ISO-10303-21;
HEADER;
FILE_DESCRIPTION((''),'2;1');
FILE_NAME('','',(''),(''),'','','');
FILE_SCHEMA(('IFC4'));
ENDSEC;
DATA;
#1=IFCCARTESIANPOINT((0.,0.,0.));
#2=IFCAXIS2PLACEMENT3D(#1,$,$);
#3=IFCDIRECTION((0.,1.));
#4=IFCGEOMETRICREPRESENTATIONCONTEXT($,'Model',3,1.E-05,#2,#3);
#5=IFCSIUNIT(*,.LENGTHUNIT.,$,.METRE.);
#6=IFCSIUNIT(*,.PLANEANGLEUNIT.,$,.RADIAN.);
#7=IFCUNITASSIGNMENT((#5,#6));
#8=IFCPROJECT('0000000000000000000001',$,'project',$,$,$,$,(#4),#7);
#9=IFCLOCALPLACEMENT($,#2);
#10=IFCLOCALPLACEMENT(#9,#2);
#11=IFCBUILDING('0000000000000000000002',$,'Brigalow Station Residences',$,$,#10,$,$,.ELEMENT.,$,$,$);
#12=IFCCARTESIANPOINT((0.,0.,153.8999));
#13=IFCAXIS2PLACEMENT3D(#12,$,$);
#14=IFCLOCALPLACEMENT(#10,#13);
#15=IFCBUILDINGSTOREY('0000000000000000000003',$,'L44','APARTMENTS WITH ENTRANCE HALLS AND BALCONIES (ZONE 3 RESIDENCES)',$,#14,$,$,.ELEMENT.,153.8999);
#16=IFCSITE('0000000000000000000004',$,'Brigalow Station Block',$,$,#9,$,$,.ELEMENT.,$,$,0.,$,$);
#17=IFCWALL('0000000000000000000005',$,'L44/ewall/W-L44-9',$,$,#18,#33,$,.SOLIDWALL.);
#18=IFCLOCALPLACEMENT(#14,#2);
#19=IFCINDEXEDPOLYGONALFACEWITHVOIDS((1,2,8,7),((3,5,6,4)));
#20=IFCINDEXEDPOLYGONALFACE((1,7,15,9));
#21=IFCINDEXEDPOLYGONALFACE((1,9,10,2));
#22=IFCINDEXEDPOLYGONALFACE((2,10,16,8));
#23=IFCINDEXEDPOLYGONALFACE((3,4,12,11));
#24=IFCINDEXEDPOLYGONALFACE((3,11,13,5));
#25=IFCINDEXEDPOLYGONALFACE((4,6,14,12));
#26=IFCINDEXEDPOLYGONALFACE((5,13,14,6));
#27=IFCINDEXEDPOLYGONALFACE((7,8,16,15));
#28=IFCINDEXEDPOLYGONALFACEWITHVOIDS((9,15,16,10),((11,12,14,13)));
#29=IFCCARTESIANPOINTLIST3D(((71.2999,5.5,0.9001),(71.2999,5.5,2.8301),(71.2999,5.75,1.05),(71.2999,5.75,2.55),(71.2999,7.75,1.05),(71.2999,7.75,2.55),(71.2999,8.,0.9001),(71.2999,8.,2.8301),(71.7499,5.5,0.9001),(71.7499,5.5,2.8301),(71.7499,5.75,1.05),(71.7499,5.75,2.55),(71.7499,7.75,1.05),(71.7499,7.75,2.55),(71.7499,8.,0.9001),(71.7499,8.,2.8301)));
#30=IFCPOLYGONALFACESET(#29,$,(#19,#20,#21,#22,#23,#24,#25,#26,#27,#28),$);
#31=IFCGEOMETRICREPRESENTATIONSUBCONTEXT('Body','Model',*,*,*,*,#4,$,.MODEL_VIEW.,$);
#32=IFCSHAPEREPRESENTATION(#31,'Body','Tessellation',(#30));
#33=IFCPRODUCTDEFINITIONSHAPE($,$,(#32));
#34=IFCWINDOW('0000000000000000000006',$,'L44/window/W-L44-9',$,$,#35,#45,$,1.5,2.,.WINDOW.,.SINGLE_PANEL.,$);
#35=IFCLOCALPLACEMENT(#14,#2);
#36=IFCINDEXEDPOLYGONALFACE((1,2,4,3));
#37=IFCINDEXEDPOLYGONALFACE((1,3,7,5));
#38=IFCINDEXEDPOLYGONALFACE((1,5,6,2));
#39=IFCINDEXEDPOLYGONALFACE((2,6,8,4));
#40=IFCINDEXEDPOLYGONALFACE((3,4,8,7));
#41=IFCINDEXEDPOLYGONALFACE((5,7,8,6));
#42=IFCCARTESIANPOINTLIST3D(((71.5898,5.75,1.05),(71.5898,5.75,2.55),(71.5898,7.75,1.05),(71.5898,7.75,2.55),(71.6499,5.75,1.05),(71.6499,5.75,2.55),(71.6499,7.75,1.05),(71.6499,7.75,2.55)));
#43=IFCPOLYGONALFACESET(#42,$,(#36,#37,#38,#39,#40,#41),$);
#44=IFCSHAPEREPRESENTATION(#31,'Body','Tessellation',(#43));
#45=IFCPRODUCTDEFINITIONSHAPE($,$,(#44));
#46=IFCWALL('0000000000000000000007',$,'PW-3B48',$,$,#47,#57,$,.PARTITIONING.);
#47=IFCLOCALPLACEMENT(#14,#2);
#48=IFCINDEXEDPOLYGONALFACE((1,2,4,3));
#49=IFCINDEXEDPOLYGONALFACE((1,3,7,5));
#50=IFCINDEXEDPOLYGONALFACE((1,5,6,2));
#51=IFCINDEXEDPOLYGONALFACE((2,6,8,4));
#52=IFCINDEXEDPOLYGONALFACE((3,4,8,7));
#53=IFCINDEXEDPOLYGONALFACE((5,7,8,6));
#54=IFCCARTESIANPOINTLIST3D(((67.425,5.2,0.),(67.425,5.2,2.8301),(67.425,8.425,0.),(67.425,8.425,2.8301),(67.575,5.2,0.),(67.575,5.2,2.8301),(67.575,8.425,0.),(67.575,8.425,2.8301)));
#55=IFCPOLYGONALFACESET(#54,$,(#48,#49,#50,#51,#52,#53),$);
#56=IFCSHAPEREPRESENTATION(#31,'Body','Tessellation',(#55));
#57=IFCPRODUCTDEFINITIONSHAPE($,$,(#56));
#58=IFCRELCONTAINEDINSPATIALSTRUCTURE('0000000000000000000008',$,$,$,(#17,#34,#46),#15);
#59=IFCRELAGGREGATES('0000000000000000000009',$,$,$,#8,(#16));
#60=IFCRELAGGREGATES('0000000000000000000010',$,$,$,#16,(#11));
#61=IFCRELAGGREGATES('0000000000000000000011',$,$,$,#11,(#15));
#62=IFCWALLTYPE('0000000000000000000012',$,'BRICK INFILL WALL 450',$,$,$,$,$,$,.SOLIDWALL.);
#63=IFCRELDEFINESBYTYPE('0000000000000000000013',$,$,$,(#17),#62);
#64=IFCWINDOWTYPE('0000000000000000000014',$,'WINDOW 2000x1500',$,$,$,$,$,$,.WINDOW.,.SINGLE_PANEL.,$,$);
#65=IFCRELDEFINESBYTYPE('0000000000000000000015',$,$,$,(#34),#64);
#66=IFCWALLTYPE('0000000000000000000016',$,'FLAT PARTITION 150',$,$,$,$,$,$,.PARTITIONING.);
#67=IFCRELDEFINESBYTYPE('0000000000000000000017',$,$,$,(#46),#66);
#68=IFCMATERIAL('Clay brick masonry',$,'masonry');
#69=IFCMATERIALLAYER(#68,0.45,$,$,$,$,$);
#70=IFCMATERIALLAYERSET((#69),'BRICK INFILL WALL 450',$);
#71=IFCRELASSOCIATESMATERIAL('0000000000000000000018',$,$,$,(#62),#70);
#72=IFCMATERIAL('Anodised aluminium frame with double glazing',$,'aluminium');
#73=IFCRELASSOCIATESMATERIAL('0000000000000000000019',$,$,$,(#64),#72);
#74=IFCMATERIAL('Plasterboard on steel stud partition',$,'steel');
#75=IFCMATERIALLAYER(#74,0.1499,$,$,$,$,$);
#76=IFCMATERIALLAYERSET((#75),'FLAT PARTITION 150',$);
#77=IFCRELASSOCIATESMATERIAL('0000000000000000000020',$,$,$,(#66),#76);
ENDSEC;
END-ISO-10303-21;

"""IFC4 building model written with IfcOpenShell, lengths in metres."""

from ifc_helpers import new_model, si_unit, direction, frame, frame_2d, origin, place, context, subcontext, project, spatial, rectangle, extrude, material, layer, layer_set, type_object, element, fill, save


model = new_model("IFC4")

# Units and contexts
model_context = context("Model", 3, precision=1e-05, world=origin(), true_north=direction((0.0, 1.0)))
body_context = subcontext(model_context, "Body", "Model", "MODEL_VIEW")
ifc_project = project(units=[si_unit("LENGTHUNIT", "METRE"), si_unit("PLANEANGLEUNIT", "RADIAN")], contexts=[model_context])

# Site, building, storey
site_placement = place(None, origin())
site = spatial("IfcSite", under=ifc_project, at=site_placement, Name="Brigalow Station Block", CompositionType="ELEMENT", RefElevation=0.0)
building_placement = place(site_placement, origin())
building = spatial("IfcBuilding", under=site, at=building_placement, Name="Brigalow Station Residences", CompositionType="ELEMENT")
storey_placement = place(building_placement, frame((0.0, 0.0, 153.8999)))
storey = spatial("IfcBuildingStorey", under=building, at=storey_placement, Name="L44", Description="APARTMENTS WITH ENTRANCE HALLS AND BALCONIES (ZONE 3 RESIDENCES)", CompositionType="ELEMENT", Elevation=153.8999)

# Wall, opening, window
ifc_material_1 = material(Name="Clay brick masonry", Category="masonry")
ifc_layer_1 = layer(ifc_material_1, 0.45)
ifc_layer_set_1 = layer_set([ifc_layer_1], Name="BRICK INFILL WALL 450")
wall_type_1 = type_object("IfcWallType", Name="BRICK INFILL WALL 450", PredefinedType="SOLIDWALL", material=ifc_layer_set_1)
wall_1_placement = place(storey_placement, frame((71.5249, 5.5, 0.9001), z_axis=(0.0, 0.0, 1.0), x_axis=(0.0, 1.0, 0.0)))
wall_1 = element("IfcWall", 1, at=wall_1_placement, inside=storey, type_object=wall_type_1, Name="L44/ewall/W-L44-9", PredefinedType="SOLIDWALL", context=body_context, shape_type="SweptSolid", body=[
    extrude(rectangle(XDim=2.5, YDim=0.45, at=frame_2d((1.25, 0.0))), origin(), (0.0, 0.0, 1.0), 1.9299),
])
opening_1_placement = place(wall_1_placement, frame((0.25, 0.0, 0.1499)))
opening_1 = element("IfcOpeningElement", 2, at=opening_1_placement, cuts=wall_1, PredefinedType="OPENING", context=body_context, shape_type="SweptSolid", body=[
    extrude(rectangle(XDim=2.0, YDim=1.5, at=frame_2d((1.0, 0.75))), frame((0.0, 0.2349, 0.0), z_axis=(0.0, -1.0, 0.0), x_axis=(1.0, 0.0, 0.0)), (0.0, 0.0, 1.0), 0.47),
])
ifc_material_2 = material(Name="Anodised aluminium frame with double glazing", Category="aluminium")
window_type_1 = type_object("IfcWindowType", Name="WINDOW 2000x1500", PartitioningType="SINGLE_PANEL", PredefinedType="WINDOW", material=ifc_material_2)
window_1_placement = place(opening_1_placement, origin())
window_1 = element("IfcWindow", 3, at=window_1_placement, inside=storey, type_object=window_type_1, Name="L44/window/W-L44-9", OverallHeight=1.5, OverallWidth=2.0, PartitioningType="SINGLE_PANEL", PredefinedType="WINDOW", context=body_context, shape_type="SweptSolid", body=[
    extrude(rectangle(XDim=2.0, YDim=1.5, at=frame_2d((1.0, 0.75))), frame((0.0, -0.0649, 0.0), z_axis=(0.0, -1.0, 0.0), x_axis=(1.0, 0.0, 0.0)), (0.0, 0.0, 1.0), 0.0601),
])
fill(opening_1, window_1)

# Wall
ifc_material_3 = material(Name="Plasterboard on steel stud partition", Category="steel")
ifc_layer_2 = layer(ifc_material_3, 0.1499)
ifc_layer_set_2 = layer_set([ifc_layer_2], Name="FLAT PARTITION 150")
wall_type_2 = type_object("IfcWallType", Name="FLAT PARTITION 150", PredefinedType="PARTITIONING", material=ifc_layer_set_2)
wall_2_placement = place(storey_placement, frame((67.5, 5.2, 0.0), z_axis=(0.0, 0.0, 1.0), x_axis=(0.0, 1.0, 0.0)))
element("IfcWall", 4, at=wall_2_placement, inside=storey, type_object=wall_type_2, Name="PW-3B48", PredefinedType="PARTITIONING", context=body_context, shape_type="SweptSolid", body=[
    extrude(rectangle(XDim=3.2251, YDim=0.1499, at=frame_2d((1.6125, 0.0))), origin(), (0.0, 0.0, 1.0), 2.8301),
])

save(model, "model.ifc")
